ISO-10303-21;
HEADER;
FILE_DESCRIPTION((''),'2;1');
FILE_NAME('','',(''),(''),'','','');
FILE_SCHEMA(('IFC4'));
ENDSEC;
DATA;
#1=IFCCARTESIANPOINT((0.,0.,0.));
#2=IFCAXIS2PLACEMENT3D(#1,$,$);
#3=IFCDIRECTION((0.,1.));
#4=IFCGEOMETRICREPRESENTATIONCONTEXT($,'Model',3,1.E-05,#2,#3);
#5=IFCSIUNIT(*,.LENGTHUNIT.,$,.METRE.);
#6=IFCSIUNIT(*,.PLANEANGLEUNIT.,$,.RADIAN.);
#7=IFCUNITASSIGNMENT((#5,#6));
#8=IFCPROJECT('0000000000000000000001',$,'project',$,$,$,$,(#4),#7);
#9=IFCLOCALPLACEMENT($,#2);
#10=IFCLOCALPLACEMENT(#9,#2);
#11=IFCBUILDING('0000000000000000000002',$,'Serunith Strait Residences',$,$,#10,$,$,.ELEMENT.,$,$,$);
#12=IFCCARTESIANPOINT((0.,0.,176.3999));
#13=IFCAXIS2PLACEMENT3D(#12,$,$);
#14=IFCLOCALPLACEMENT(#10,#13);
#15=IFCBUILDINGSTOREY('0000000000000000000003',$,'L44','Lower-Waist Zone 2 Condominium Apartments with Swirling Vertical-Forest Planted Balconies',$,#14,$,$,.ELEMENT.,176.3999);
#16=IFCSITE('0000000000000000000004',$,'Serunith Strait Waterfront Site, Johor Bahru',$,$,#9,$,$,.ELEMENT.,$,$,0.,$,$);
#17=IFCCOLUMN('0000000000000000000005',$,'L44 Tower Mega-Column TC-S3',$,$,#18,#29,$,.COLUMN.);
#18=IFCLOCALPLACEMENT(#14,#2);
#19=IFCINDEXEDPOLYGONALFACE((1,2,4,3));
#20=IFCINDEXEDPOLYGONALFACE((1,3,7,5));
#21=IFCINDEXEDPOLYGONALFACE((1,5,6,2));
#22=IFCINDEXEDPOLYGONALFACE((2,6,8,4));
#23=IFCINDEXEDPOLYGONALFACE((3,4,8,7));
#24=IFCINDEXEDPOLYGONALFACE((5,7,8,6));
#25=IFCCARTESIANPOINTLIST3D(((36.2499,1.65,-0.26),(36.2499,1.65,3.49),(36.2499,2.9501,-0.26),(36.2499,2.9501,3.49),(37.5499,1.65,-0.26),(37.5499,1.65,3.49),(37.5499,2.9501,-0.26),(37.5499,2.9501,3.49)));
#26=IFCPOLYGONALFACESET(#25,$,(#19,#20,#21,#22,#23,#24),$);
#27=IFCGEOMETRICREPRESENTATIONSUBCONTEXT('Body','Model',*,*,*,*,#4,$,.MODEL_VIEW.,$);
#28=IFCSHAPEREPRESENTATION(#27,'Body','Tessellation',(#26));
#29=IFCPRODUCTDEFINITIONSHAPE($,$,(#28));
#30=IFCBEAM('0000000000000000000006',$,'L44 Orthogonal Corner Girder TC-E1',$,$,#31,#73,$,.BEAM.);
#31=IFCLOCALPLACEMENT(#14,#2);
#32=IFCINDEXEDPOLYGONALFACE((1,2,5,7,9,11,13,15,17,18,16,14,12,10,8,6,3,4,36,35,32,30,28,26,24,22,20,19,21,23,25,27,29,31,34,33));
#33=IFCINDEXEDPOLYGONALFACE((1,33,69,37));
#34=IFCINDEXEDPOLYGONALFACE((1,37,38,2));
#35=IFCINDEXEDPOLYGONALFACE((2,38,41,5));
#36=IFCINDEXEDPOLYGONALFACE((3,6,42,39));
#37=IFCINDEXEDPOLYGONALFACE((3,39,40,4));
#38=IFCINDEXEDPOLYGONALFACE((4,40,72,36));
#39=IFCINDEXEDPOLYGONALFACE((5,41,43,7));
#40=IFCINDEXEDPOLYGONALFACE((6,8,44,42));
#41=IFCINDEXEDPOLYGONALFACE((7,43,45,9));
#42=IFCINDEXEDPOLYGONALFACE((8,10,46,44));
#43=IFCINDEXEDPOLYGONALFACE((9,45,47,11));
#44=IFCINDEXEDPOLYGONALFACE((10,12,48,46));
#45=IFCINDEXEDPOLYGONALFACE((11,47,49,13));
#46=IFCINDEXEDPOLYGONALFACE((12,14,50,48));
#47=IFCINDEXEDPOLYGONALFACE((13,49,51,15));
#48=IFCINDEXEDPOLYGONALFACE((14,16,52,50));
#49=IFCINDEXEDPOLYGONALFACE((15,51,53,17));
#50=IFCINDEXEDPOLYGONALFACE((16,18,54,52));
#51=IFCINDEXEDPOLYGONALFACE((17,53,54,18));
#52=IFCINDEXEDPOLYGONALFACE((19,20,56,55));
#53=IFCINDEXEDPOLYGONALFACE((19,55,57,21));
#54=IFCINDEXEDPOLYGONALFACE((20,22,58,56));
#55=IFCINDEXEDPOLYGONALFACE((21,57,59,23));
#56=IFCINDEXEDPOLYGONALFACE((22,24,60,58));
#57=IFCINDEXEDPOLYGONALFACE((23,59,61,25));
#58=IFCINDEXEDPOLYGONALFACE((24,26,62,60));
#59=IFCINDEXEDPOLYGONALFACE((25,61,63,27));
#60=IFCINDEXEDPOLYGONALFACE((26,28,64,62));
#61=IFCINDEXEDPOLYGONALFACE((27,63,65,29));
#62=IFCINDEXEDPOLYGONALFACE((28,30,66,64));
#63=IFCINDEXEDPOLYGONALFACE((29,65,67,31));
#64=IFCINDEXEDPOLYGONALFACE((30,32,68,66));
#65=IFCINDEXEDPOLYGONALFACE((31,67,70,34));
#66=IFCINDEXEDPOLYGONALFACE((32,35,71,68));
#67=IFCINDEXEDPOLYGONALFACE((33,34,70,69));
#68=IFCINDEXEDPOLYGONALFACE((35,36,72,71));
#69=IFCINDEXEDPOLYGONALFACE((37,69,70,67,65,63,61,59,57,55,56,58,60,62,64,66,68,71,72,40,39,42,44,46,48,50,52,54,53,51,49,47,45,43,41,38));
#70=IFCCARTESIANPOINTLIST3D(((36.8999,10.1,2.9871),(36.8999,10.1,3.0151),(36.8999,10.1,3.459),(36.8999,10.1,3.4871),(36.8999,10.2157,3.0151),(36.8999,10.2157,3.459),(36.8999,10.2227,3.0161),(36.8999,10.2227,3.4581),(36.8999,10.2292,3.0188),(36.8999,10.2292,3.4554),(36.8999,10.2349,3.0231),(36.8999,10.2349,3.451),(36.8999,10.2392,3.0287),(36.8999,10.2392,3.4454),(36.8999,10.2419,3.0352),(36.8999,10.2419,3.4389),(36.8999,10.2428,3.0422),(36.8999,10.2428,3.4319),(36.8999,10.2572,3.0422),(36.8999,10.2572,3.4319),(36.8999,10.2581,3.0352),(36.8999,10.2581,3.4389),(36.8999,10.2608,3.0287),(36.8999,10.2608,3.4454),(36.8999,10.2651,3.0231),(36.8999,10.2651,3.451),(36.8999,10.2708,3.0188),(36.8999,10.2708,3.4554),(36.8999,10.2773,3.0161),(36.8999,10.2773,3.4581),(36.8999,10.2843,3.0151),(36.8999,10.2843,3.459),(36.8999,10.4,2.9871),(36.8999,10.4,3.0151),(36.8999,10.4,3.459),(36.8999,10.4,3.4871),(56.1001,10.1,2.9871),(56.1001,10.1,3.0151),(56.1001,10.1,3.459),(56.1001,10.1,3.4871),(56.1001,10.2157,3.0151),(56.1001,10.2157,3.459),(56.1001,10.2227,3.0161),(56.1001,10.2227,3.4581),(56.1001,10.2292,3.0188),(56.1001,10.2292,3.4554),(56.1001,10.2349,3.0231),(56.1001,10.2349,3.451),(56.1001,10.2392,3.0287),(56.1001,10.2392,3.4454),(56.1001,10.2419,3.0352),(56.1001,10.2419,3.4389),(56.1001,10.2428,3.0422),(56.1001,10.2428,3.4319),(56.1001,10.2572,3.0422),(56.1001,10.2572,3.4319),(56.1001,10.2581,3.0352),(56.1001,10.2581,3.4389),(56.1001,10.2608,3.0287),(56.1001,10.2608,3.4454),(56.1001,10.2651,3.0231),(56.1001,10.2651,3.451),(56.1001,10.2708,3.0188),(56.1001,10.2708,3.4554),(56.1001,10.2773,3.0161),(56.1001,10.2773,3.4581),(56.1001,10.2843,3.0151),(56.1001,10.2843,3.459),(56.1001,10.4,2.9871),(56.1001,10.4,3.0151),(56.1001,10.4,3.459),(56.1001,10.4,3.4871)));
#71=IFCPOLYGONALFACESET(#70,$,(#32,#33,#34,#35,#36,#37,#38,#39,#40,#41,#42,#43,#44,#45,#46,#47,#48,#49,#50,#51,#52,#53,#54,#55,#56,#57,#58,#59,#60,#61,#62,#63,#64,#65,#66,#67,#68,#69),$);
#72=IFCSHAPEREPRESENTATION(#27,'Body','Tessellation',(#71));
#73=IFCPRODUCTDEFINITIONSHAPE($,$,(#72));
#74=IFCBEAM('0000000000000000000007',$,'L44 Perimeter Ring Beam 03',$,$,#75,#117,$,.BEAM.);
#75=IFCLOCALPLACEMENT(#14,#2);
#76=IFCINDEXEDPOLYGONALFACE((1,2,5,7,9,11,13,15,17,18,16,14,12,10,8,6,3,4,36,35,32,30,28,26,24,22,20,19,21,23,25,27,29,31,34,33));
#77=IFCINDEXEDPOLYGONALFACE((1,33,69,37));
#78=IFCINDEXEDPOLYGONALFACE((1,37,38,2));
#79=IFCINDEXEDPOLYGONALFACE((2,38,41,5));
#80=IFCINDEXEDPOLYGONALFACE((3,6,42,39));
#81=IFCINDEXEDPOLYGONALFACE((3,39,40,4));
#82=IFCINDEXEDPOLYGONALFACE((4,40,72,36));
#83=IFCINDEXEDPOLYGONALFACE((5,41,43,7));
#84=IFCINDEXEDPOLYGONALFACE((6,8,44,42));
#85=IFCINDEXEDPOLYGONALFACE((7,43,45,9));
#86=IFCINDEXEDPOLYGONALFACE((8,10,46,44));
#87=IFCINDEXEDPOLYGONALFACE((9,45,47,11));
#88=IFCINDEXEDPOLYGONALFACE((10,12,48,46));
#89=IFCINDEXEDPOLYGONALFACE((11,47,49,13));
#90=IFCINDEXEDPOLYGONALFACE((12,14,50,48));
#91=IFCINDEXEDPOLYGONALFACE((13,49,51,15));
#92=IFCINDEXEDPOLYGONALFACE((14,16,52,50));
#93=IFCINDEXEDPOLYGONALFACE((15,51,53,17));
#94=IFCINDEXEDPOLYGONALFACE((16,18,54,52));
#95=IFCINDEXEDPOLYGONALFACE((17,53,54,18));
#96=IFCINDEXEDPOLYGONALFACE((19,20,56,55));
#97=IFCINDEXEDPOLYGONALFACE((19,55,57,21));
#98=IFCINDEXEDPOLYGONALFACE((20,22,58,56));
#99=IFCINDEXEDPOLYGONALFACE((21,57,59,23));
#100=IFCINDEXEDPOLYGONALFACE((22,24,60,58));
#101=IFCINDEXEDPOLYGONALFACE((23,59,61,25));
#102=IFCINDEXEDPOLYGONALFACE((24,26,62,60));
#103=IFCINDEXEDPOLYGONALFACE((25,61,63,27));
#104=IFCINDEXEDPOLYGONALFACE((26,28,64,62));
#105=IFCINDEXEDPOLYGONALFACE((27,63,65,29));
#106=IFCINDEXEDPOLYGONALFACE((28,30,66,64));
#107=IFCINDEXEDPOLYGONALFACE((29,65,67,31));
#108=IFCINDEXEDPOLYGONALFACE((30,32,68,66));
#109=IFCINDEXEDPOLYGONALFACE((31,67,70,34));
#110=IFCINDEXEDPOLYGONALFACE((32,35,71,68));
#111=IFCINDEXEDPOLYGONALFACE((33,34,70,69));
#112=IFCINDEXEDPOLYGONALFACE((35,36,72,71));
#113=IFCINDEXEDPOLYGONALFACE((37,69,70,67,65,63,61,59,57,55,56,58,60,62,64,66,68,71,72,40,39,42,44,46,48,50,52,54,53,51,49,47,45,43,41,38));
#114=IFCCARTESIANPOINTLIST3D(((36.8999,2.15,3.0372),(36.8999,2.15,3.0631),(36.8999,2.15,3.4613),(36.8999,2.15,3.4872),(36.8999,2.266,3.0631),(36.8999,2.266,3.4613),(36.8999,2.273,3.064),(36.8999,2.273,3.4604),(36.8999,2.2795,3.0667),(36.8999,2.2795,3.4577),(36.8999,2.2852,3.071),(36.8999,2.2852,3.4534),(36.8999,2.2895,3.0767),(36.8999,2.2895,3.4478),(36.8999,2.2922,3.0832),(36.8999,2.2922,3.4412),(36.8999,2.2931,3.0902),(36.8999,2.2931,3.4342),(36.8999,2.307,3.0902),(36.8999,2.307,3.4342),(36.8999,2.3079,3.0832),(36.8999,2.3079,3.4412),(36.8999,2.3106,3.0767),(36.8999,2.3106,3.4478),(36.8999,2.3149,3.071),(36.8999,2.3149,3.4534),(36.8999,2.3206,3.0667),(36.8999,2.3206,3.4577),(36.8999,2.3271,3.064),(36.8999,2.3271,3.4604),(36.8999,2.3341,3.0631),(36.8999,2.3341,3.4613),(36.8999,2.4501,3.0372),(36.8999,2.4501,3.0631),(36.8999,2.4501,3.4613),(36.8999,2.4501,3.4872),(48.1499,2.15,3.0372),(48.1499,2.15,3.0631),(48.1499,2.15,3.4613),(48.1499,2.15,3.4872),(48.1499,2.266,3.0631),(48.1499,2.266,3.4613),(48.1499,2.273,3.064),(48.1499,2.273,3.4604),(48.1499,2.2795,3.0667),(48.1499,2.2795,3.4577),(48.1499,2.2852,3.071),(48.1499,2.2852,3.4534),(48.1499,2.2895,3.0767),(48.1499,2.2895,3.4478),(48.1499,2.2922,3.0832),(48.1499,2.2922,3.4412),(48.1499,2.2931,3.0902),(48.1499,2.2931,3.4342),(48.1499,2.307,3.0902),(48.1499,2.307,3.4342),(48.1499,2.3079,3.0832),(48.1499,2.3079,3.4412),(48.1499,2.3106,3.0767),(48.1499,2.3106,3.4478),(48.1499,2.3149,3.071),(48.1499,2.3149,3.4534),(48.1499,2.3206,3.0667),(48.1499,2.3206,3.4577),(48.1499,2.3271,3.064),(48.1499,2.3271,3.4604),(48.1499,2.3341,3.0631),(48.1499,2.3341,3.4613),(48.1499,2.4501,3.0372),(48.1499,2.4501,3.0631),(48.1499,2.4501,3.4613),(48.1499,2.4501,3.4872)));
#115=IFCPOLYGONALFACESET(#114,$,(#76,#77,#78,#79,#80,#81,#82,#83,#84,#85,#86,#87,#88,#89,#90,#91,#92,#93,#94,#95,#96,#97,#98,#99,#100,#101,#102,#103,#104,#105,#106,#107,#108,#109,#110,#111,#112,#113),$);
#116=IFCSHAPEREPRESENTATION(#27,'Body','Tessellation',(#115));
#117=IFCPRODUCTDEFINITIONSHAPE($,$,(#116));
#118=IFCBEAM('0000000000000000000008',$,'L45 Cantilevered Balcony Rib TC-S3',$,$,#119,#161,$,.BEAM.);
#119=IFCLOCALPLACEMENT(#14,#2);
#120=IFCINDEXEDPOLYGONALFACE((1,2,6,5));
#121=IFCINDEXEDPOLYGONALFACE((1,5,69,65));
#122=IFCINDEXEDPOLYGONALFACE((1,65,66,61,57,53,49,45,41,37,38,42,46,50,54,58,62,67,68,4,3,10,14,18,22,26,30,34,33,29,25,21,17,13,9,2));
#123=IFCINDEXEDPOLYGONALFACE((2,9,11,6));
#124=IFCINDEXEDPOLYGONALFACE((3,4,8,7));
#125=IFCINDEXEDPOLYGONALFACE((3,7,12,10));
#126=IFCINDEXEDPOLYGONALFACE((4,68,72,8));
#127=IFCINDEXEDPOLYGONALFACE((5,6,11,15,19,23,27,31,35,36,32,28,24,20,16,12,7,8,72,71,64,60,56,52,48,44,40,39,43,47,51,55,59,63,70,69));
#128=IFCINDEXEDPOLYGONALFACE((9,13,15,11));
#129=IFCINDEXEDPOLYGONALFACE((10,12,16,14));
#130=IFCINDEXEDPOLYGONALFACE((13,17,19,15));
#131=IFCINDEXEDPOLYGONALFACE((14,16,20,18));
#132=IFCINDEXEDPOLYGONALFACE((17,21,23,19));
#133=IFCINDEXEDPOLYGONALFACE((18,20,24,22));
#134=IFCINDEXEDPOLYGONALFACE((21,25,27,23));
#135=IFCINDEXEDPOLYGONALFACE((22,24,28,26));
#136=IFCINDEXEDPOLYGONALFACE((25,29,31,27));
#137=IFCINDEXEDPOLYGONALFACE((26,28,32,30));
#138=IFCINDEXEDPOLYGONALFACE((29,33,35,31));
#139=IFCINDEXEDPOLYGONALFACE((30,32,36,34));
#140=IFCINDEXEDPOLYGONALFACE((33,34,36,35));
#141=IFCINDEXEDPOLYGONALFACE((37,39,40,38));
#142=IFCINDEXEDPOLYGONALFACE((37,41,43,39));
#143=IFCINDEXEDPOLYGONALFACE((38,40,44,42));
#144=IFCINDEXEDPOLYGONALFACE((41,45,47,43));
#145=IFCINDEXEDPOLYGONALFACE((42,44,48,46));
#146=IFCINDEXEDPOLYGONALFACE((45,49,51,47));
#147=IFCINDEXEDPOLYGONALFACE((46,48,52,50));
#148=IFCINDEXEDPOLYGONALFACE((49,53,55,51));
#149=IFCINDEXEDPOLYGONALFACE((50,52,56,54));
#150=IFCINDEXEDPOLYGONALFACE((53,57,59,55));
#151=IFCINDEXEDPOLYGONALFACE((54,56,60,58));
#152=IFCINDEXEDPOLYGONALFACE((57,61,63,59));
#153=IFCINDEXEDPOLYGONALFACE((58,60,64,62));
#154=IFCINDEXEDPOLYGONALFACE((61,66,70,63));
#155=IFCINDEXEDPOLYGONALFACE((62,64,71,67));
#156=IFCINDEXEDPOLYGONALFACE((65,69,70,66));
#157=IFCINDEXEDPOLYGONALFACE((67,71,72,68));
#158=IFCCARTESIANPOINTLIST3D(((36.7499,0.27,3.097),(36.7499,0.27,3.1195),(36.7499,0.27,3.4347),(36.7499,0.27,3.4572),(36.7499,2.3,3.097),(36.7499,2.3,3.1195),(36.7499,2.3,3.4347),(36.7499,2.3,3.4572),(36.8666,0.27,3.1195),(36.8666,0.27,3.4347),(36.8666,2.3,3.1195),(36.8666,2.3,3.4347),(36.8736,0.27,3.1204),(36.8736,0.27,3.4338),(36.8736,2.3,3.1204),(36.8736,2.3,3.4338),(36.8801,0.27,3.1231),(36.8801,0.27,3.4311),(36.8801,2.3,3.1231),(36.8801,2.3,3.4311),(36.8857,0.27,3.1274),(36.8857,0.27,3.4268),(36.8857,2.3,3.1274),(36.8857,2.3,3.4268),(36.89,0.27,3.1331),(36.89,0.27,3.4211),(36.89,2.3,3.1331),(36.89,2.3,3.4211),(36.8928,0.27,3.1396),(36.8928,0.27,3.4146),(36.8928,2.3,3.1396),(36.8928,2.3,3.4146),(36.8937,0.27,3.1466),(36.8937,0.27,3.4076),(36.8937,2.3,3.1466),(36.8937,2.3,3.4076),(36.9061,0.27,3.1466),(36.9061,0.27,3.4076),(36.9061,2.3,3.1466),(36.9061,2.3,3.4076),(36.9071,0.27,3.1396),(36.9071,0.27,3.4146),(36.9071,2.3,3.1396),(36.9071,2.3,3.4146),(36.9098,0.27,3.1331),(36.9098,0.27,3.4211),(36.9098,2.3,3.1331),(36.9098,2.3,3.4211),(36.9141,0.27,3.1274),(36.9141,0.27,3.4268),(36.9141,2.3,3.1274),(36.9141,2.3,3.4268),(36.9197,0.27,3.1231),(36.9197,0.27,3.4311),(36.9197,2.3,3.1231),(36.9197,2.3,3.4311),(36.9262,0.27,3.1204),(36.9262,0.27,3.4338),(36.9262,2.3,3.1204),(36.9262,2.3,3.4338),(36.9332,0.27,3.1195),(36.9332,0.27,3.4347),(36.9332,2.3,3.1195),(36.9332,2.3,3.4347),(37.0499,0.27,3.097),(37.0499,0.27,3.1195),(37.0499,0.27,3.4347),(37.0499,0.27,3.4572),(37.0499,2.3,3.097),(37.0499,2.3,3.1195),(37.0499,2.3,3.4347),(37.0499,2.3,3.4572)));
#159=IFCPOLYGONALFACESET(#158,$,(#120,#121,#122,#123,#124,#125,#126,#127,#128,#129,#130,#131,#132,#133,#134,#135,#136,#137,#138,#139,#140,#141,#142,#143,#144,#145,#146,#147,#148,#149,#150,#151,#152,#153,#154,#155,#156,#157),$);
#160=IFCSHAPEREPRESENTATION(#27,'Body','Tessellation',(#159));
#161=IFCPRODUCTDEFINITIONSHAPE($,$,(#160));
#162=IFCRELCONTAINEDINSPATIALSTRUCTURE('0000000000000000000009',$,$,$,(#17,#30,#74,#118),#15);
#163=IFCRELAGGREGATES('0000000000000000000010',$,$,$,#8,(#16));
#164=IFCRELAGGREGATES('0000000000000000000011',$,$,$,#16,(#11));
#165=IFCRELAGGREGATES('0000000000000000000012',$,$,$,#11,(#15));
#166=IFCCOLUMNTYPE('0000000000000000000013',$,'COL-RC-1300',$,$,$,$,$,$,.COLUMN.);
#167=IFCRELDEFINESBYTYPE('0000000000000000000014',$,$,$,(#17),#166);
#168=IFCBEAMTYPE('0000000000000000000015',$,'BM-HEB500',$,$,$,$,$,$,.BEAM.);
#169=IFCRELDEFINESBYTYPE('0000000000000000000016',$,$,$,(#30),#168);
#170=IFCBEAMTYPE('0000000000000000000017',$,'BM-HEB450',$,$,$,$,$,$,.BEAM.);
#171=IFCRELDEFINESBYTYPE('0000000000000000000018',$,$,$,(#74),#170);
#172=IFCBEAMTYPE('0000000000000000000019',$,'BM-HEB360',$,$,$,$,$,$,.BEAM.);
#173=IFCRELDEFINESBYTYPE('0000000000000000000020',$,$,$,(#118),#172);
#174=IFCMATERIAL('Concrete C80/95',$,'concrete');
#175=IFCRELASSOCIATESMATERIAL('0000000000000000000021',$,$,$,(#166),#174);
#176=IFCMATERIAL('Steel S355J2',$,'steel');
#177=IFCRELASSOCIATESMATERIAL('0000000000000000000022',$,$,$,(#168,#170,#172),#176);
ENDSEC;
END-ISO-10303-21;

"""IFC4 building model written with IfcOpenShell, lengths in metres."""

from ifc_helpers import new_model, si_unit, direction, frame, origin, origin_2d, place, context, subcontext, project, spatial, rectangle, i_section, extrude, source, transform, mapped, material, material_profile, profile_set, type_object, element, save


model = new_model("IFC4")

# Units and contexts
model_context = context("Model", 3, precision=1e-05, world=origin(), true_north=direction((0.0, 1.0)))
body_context = subcontext(model_context, "Body", "Model", "MODEL_VIEW")
ifc_project = project(units=[si_unit("LENGTHUNIT", "METRE"), si_unit("PLANEANGLEUNIT", "RADIAN")], contexts=[model_context])

# Site, building, storey
site_placement = place(None, origin())
site = spatial("IfcSite", under=ifc_project, at=site_placement, Name="Serunith Strait Waterfront Site, Johor Bahru", CompositionType="ELEMENT", RefElevation=0.0)
building_placement = place(site_placement, origin())
building = spatial("IfcBuilding", under=site, at=building_placement, Name="Serunith Strait Residences", CompositionType="ELEMENT")
storey_placement = place(building_placement, frame((0.0, 0.0, 176.3999)))
storey = spatial("IfcBuildingStorey", under=building, at=storey_placement, Name="L44", Description="Lower-Waist Zone 2 Condominium Apartments with Swirling Vertical-Forest Planted Balconies", CompositionType="ELEMENT", Elevation=176.3999)

# Column
ifc_material_1 = material(Name="Concrete C80/95", Category="concrete")
ifc_material_profile_1 = material_profile(ifc_material_1, rectangle(XDim=1.3, YDim=1.3, at=origin_2d()), Name="RC 1300x1300")
ifc_profile_set_1 = profile_set([ifc_material_profile_1], Name="Concrete C80/95")
column_type = type_object("IfcColumnType", Name="COL-RC-1300", PredefinedType="COLUMN", material=ifc_profile_set_1)
shared_shape_1 = source(origin(), body_context, "Body", "SweptSolid", [
    extrude(rectangle(XDim=1.3, YDim=1.3, at=origin_2d()), origin(), (0.0, 0.0, 1.0), 3.75),
])
column_placement = place(storey_placement, frame((36.8999, 2.3, -0.26), z_axis=(0.0, 0.0, 1.0), x_axis=(1.0, 0.0, 0.0)))
element("IfcColumn", 1, at=column_placement, inside=storey, type_object=column_type, Name="L44 Tower Mega-Column TC-S3", PredefinedType="COLUMN", context=body_context, shape_type="MappedRepresentation", body=[
    mapped(shared_shape_1, transform((0.0, 0.0, 0.0), scale=1.0)),
])

# Beams
ifc_material_2 = material(Name="Steel S355J2", Category="steel")
ifc_material_profile_2 = material_profile(ifc_material_2, i_section(OverallWidth=0.3, OverallDepth=0.5, WebThickness=0.0144, FlangeThickness=0.0281, FilletRadius=0.0271, at=origin_2d()), Name="HEB 500")
ifc_profile_set_2 = profile_set([ifc_material_profile_2], Name="Steel S355J2")
beam_type_1 = type_object("IfcBeamType", Name="BM-HEB500", PredefinedType="BEAM", material=ifc_profile_set_2)
shared_shape_2 = source(origin(), body_context, "Body", "SweptSolid", [
    extrude(i_section(OverallWidth=0.3, OverallDepth=0.5, WebThickness=0.0144, FlangeThickness=0.0281, FilletRadius=0.0271, at=origin_2d()), origin(), (0.0, 0.0, 1.0), 19.2002),
])
beam_1_placement = place(storey_placement, frame((36.8999, 10.25, 3.2371), z_axis=(1.0, 0.0, 0.0), x_axis=(0.0, 1.0, 0.0)))
element("IfcBeam", 2, at=beam_1_placement, inside=storey, type_object=beam_type_1, Name="L44 Orthogonal Corner Girder TC-E1", PredefinedType="BEAM", context=body_context, shape_type="MappedRepresentation", body=[
    mapped(shared_shape_2, transform((0.0, 0.0, 0.0), scale=1.0)),
])
ifc_material_profile_3 = material_profile(ifc_material_2, i_section(OverallWidth=0.3, OverallDepth=0.45, WebThickness=0.0139, FlangeThickness=0.0259, FilletRadius=0.0271, at=origin_2d()), Name="HEB 450")
ifc_profile_set_3 = profile_set([ifc_material_profile_3], Name="Steel S355J2")
beam_type_2 = type_object("IfcBeamType", Name="BM-HEB450", PredefinedType="BEAM", material=ifc_profile_set_3)
shared_shape_3 = source(origin(), body_context, "Body", "SweptSolid", [
    extrude(i_section(OverallWidth=0.3, OverallDepth=0.45, WebThickness=0.0139, FlangeThickness=0.0259, FilletRadius=0.0271, at=origin_2d()), origin(), (0.0, 0.0, 1.0), 11.25),
])
beam_2_placement = place(storey_placement, frame((36.8999, 2.3, 3.2622), z_axis=(1.0, 0.0, 0.0), x_axis=(0.0, 1.0, 0.0)))
element("IfcBeam", 3, at=beam_2_placement, inside=storey, type_object=beam_type_2, Name="L44 Perimeter Ring Beam 03", PredefinedType="BEAM", context=body_context, shape_type="MappedRepresentation", body=[
    mapped(shared_shape_3, transform((0.0, 0.0, 0.0), scale=1.0)),
])
ifc_material_profile_4 = material_profile(ifc_material_2, i_section(OverallWidth=0.3, OverallDepth=0.3601, WebThickness=0.0125, FlangeThickness=0.0225, FilletRadius=0.0271, at=origin_2d()), Name="HEB 360")
ifc_profile_set_4 = profile_set([ifc_material_profile_4], Name="Steel S355J2")
beam_type_3 = type_object("IfcBeamType", Name="BM-HEB360", PredefinedType="BEAM", material=ifc_profile_set_4)
shared_shape_4 = source(origin(), body_context, "Body", "SweptSolid", [
    extrude(i_section(OverallWidth=0.3, OverallDepth=0.3601, WebThickness=0.0125, FlangeThickness=0.0225, FilletRadius=0.0271, at=origin_2d()), origin(), (0.0, 0.0, 1.0), 2.03),
])
beam_3_placement = place(storey_placement, frame((36.8999, 2.3, 3.2771), z_axis=(0.0, -1.0, 0.0), x_axis=(1.0, 0.0, 0.0)))
element("IfcBeam", 4, at=beam_3_placement, inside=storey, type_object=beam_type_3, Name="L45 Cantilevered Balcony Rib TC-S3", PredefinedType="BEAM", context=body_context, shape_type="MappedRepresentation", body=[
    mapped(shared_shape_4, transform((0.0, 0.0, 0.0), scale=1.0)),
])

save(model, "model.ifc")
